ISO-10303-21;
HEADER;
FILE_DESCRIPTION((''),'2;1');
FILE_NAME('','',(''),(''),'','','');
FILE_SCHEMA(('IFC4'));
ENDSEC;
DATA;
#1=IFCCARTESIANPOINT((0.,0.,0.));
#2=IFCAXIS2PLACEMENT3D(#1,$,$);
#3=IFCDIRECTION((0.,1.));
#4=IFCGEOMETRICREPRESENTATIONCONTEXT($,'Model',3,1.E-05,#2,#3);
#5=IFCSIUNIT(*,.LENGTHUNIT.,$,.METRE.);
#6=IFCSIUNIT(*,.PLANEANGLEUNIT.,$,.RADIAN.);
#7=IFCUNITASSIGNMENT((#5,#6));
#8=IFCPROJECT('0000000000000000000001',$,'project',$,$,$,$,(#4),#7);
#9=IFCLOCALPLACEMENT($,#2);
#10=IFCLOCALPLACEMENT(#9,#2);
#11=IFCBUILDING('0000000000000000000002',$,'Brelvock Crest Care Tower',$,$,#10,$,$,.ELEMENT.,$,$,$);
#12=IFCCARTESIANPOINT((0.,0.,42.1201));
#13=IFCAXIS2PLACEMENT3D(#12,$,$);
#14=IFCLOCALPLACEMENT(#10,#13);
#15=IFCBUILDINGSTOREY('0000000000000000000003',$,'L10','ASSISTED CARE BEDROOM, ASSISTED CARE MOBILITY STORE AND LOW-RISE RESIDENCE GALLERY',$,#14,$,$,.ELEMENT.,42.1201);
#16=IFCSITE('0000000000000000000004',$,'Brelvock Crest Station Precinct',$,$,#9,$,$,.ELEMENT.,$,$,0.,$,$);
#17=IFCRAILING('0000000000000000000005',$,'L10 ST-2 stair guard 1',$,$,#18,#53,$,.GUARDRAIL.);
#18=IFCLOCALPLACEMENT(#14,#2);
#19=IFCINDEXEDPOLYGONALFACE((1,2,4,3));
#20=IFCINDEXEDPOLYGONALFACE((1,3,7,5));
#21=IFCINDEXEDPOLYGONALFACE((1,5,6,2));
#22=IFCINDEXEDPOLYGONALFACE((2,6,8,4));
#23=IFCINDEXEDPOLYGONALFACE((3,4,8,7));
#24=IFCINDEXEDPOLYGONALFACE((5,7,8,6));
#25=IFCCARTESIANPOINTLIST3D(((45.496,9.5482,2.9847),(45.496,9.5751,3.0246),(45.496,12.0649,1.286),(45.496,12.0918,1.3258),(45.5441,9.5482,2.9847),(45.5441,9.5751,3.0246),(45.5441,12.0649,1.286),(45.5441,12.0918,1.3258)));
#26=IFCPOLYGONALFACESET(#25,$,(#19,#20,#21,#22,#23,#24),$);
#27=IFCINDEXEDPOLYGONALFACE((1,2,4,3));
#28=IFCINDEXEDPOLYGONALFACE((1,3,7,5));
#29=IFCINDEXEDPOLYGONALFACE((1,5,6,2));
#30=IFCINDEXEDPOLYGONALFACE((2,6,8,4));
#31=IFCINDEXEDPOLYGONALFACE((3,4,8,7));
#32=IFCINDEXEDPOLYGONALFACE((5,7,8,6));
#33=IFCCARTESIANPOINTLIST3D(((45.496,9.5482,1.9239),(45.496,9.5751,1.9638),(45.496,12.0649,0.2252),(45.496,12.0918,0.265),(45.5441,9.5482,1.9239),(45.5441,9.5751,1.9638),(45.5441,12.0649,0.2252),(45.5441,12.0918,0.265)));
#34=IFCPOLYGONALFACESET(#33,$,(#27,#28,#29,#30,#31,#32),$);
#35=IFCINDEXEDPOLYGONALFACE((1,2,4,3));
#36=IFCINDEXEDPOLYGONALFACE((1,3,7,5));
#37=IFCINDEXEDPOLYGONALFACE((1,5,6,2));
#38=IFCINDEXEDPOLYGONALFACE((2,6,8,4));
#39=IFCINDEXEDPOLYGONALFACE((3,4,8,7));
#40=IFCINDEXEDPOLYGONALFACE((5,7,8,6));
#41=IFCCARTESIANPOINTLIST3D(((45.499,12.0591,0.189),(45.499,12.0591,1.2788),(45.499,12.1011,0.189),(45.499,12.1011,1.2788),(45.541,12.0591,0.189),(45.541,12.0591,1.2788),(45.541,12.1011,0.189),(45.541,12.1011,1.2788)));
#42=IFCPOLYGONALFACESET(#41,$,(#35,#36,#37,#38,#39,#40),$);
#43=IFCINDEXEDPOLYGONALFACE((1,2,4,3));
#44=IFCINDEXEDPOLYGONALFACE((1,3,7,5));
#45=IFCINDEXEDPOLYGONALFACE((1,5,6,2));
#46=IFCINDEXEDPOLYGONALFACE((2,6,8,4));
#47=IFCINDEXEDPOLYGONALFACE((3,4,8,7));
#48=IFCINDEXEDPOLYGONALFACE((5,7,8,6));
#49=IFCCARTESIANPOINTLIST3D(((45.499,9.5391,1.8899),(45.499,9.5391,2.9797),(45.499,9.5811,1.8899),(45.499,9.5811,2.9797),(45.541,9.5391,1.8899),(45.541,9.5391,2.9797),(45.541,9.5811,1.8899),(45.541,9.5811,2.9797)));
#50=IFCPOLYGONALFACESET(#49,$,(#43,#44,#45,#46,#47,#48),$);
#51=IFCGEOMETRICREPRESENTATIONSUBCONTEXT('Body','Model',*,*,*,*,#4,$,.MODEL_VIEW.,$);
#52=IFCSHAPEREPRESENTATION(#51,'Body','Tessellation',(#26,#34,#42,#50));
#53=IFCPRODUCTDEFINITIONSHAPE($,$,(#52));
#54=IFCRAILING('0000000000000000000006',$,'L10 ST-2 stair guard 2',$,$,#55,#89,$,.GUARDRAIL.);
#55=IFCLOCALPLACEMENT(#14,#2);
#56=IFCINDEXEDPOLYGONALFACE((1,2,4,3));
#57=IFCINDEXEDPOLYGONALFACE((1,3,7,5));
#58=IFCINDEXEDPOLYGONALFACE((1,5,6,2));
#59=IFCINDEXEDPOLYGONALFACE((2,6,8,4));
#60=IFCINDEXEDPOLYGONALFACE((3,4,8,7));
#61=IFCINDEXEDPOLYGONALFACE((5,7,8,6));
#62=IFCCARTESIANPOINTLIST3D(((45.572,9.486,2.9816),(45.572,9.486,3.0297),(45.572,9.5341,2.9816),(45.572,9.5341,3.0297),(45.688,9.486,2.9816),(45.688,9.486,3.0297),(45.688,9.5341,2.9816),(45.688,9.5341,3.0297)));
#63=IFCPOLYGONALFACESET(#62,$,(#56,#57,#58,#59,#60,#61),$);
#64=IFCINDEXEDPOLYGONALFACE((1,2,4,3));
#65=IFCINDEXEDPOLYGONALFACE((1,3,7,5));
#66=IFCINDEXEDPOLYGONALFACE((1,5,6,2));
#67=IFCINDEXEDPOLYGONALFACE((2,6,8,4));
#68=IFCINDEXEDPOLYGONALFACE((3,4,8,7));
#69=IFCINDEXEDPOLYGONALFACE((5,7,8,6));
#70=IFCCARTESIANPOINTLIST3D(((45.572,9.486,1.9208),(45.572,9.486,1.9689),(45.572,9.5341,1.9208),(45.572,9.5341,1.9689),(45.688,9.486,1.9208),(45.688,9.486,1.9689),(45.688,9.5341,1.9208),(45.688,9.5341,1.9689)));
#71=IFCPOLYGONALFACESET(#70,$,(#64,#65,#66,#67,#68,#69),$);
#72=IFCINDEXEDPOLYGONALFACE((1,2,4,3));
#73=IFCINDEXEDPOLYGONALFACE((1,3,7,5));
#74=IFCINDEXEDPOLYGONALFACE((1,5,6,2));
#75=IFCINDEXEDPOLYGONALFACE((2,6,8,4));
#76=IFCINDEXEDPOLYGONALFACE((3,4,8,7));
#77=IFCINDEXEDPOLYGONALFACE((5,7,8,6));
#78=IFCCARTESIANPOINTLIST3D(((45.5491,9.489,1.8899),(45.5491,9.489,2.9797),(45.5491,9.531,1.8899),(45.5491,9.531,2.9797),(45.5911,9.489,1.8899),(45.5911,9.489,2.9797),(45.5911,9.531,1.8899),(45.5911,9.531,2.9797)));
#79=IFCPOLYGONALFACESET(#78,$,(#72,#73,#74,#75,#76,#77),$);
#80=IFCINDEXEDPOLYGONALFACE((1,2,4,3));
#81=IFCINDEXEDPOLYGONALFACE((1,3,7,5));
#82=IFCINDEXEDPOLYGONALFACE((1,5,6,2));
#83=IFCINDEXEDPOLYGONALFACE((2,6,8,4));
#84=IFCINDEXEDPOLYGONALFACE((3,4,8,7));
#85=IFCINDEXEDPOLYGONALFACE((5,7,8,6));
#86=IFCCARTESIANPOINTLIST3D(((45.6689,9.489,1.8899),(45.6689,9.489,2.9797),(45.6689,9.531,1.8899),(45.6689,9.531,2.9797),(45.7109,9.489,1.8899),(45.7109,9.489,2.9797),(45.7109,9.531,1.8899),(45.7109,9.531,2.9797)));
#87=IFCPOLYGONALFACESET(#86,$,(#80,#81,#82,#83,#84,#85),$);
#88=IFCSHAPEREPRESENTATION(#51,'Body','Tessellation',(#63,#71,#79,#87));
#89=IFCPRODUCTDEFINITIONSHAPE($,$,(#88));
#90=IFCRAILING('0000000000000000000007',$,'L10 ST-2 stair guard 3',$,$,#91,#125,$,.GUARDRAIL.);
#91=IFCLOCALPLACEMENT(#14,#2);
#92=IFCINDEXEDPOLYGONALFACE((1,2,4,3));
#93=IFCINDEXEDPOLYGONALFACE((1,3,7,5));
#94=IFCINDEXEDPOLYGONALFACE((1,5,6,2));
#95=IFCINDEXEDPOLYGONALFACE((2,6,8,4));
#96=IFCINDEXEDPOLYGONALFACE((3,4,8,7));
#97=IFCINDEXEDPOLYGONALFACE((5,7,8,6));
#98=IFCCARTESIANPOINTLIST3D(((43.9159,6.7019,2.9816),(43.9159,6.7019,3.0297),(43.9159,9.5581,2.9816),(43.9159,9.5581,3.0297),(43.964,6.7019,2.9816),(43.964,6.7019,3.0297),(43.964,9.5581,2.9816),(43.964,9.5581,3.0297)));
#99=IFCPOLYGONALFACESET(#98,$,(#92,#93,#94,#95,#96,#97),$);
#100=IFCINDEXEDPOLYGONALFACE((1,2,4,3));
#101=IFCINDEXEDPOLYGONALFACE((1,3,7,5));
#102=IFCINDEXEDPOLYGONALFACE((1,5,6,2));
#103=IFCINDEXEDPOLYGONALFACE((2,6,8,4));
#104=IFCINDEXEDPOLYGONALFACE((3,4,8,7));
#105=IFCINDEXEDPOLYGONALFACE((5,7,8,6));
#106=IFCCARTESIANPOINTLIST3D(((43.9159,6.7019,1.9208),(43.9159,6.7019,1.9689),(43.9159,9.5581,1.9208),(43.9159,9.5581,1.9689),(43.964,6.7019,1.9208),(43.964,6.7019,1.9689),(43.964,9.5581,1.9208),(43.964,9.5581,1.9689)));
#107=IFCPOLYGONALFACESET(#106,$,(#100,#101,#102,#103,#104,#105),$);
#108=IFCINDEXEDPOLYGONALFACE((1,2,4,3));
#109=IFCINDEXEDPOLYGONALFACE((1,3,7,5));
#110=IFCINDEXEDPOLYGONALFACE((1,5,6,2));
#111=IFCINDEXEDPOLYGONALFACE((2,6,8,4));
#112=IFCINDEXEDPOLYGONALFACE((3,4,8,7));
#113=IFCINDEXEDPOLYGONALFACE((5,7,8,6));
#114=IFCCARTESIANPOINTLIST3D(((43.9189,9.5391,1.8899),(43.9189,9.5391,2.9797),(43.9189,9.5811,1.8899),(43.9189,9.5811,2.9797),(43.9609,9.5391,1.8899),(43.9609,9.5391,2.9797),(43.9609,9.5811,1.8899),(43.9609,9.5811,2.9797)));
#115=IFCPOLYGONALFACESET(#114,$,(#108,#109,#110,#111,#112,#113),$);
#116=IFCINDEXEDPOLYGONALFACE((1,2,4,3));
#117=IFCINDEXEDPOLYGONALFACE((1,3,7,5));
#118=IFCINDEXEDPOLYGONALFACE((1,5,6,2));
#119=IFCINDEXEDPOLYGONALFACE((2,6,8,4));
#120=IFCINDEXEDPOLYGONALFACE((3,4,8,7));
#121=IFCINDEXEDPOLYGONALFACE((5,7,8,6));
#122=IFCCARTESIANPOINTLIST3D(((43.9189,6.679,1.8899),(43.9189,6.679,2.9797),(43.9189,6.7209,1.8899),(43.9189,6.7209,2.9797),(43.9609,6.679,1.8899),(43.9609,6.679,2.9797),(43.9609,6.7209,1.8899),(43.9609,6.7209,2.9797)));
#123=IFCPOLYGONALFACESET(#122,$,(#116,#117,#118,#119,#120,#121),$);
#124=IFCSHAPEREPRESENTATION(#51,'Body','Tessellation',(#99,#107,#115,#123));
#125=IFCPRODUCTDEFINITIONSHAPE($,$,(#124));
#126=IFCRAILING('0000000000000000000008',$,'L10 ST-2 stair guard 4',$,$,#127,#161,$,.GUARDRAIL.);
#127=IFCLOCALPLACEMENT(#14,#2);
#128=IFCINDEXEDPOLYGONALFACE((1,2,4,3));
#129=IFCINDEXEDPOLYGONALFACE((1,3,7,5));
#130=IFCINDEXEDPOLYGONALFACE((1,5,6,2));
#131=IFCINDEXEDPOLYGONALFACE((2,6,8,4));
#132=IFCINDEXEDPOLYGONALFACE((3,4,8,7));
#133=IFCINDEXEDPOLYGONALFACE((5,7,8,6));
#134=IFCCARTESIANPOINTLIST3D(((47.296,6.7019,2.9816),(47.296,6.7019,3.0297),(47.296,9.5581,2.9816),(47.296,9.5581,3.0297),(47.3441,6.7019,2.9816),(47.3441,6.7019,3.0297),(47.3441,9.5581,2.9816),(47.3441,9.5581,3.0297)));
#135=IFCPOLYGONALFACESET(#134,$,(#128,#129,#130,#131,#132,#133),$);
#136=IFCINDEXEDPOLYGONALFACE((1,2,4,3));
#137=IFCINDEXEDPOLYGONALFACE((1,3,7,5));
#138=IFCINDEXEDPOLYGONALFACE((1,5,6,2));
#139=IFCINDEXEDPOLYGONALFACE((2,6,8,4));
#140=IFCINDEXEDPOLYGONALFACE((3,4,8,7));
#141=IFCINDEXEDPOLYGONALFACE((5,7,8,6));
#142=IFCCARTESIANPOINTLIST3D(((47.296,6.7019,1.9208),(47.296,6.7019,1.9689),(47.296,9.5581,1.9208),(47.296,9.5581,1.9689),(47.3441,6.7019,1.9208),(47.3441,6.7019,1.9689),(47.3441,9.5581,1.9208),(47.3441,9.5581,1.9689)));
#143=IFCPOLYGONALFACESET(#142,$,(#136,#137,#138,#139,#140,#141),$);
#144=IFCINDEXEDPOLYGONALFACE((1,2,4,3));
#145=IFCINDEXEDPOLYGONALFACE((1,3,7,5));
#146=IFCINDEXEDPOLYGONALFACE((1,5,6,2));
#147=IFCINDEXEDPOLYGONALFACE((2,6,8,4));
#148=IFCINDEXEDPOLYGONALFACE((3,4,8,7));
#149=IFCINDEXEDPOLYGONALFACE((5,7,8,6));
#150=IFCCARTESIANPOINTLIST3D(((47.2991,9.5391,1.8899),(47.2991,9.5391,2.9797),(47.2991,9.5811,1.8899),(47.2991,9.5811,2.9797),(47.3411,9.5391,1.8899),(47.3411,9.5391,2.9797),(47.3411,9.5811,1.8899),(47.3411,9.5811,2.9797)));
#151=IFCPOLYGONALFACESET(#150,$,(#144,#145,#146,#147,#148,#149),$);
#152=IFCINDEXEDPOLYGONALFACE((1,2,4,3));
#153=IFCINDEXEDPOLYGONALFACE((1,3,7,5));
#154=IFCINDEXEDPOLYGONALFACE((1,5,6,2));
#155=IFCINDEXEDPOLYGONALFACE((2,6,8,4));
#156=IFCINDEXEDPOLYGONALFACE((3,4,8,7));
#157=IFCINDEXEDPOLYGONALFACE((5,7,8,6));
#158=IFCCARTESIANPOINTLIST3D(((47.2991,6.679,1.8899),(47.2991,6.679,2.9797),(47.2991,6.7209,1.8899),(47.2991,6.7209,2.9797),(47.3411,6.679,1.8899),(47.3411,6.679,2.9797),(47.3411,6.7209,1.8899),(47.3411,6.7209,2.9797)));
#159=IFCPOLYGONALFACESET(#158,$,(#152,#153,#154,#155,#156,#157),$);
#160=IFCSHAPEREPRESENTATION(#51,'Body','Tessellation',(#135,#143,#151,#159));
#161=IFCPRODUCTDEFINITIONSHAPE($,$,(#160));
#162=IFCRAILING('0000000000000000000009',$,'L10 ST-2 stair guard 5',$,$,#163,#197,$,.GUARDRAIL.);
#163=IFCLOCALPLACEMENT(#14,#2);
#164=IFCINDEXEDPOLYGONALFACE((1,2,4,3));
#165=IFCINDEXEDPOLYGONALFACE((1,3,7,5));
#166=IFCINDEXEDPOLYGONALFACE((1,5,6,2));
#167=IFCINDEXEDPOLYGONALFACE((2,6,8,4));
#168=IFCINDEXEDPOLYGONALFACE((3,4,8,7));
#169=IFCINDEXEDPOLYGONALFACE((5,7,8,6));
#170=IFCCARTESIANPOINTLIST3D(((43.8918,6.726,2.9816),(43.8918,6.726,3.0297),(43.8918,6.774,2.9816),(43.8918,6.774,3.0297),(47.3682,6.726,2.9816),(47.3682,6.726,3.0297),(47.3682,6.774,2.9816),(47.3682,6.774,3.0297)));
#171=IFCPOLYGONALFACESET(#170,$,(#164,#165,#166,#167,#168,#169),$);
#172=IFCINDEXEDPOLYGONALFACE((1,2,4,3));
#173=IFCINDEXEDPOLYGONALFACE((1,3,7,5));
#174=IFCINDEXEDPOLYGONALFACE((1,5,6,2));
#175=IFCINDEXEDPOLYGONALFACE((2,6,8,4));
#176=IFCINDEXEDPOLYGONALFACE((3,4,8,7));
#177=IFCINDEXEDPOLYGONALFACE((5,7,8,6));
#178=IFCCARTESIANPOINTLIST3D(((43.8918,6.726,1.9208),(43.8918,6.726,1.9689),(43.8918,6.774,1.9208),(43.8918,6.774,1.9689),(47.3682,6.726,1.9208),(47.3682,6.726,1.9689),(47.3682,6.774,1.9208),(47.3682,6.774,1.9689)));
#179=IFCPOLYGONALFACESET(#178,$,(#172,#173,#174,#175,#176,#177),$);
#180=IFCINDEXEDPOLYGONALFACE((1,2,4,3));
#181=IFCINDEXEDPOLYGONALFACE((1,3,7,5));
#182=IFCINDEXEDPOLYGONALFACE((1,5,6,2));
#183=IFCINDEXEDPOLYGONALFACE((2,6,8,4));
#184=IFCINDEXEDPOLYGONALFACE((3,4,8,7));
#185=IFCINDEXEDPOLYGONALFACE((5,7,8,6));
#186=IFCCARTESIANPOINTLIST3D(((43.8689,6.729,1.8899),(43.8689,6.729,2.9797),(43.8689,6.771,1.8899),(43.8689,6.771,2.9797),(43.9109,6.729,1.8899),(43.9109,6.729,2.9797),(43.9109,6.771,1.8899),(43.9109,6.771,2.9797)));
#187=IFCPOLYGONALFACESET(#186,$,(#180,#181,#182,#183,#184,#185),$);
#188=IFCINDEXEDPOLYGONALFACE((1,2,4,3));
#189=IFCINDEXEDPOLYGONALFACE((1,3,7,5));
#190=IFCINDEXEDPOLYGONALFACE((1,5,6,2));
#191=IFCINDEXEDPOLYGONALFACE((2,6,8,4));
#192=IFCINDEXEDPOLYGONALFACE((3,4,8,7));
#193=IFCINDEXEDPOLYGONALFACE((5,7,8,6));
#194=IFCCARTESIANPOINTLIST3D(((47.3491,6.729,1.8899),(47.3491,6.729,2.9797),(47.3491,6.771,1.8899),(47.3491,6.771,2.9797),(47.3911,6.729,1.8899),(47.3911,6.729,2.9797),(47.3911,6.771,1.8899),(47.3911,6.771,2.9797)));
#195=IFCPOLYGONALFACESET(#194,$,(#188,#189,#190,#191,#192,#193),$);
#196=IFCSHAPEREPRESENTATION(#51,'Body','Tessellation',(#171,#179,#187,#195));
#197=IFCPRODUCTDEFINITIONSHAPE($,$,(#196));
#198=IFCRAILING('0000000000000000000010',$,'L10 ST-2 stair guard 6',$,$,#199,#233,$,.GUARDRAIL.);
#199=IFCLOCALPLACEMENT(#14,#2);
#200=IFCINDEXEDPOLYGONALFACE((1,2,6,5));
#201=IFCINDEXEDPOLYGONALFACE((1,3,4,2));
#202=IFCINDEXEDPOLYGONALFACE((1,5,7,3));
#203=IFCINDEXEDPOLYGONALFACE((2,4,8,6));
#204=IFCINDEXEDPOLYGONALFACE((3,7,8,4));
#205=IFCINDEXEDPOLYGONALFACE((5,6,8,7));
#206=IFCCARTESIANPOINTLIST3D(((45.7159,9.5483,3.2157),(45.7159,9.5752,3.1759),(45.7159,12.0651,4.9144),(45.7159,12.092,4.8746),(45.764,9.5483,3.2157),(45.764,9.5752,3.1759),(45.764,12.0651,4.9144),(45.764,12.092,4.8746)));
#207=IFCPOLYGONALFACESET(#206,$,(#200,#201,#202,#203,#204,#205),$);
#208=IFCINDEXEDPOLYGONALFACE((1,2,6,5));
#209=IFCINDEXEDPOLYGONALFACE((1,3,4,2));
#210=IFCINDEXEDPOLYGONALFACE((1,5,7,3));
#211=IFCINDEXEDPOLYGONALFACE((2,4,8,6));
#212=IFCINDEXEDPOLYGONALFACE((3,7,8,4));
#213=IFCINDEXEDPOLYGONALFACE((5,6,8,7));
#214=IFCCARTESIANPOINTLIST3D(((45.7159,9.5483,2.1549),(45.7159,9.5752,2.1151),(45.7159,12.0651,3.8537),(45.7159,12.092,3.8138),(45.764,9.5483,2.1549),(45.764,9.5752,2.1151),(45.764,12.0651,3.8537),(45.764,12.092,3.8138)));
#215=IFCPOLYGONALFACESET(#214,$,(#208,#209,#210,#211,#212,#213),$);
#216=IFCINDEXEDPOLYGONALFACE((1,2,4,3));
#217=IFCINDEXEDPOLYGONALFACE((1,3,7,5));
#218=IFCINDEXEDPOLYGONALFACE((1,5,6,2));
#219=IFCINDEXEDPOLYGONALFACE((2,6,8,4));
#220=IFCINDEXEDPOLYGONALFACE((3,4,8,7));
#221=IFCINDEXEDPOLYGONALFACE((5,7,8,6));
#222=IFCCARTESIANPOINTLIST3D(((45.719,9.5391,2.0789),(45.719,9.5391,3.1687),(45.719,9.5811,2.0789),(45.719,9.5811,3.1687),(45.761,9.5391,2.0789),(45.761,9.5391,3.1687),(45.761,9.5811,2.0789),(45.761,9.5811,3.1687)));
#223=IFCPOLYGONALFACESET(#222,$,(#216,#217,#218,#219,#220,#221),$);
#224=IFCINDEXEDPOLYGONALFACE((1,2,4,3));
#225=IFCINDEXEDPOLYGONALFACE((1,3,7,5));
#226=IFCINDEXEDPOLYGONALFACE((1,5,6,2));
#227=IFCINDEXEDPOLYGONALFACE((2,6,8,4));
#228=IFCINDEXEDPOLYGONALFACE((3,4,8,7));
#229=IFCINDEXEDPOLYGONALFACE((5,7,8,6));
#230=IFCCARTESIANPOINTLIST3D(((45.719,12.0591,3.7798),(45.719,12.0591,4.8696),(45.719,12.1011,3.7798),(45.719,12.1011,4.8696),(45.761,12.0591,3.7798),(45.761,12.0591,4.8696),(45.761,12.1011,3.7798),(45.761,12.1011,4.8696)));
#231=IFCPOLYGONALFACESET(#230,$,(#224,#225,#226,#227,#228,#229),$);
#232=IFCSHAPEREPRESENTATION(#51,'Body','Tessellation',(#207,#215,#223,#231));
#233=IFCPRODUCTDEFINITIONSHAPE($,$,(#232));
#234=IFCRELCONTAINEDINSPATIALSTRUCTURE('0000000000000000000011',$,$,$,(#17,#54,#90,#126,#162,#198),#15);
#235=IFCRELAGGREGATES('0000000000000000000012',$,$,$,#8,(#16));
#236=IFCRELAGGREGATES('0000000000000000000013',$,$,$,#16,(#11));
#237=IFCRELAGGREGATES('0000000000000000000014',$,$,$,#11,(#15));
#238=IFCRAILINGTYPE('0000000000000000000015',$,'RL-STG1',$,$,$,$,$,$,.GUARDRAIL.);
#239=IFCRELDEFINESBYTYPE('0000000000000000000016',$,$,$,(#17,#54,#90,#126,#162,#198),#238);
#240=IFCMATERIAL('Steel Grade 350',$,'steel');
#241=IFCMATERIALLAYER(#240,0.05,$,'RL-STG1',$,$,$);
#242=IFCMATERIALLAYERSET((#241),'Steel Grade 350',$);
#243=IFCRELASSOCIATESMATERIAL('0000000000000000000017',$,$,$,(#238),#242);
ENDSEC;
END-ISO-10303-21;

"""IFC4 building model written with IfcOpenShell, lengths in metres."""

from ifc_helpers import new_model, si_unit, direction, frame, origin, origin_2d, place, context, subcontext, project, spatial, rectangle, extrude, material, layer, layer_set, type_object, element, save


model = new_model("IFC4")

# Units and contexts
model_context = context("Model", 3, precision=1e-05, world=origin(), true_north=direction((0.0, 1.0)))
body_context = subcontext(model_context, "Body", "Model", "MODEL_VIEW")
ifc_project = project(units=[si_unit("LENGTHUNIT", "METRE"), si_unit("PLANEANGLEUNIT", "RADIAN")], contexts=[model_context])

# Site, building, storey
site_placement = place(None, origin())
site = spatial("IfcSite", under=ifc_project, at=site_placement, Name="Brelvock Crest Station Precinct", CompositionType="ELEMENT", RefElevation=0.0)
building_placement = place(site_placement, origin())
building = spatial("IfcBuilding", under=site, at=building_placement, Name="Brelvock Crest Care Tower", CompositionType="ELEMENT")
storey_placement = place(building_placement, frame((0.0, 0.0, 42.1201)))
storey = spatial("IfcBuildingStorey", under=building, at=storey_placement, Name="L10", Description="ASSISTED CARE BEDROOM, ASSISTED CARE MOBILITY STORE AND LOW-RISE RESIDENCE GALLERY", CompositionType="ELEMENT", Elevation=42.1201)

# Shared definitions
ifc_material_1 = material(Name="Steel Grade 350", Category="steel")

# Railings
ifc_layer_1 = layer(ifc_material_1, 0.05, Name="RL-STG1")
ifc_layer_set_1 = layer_set([ifc_layer_1], Name="Steel Grade 350")
railing_type_1 = type_object("IfcRailingType", Name="RL-STG1", PredefinedType="GUARDRAIL", material=ifc_layer_set_1)
railing_1_placement = place(storey_placement, frame((45.52, 12.0801, 0.189)))
element("IfcRailing", 1, at=railing_1_placement, inside=storey, type_object=railing_type_1, Name="L10 ST-2 stair guard 1", PredefinedType="GUARDRAIL", context=body_context, shape_type="SweptSolid", body=[
    extrude(rectangle(XDim=0.0481, YDim=0.0481, at=origin_2d()), frame((0.0, -0.0017, 1.1169), z_axis=(0.0, -0.828862, 0.559454), x_axis=(1.0, 0.0, 0.0)), (0.0, 0.0, 1.0), 3.0364),
    extrude(rectangle(XDim=0.0481, YDim=0.0481, at=origin_2d()), frame((0.0, -0.0017, 0.0562), z_axis=(0.0, -0.828862, 0.559454), x_axis=(1.0, 0.0, 0.0)), (0.0, 0.0, 1.0), 3.0364),
    extrude(rectangle(XDim=0.042, YDim=0.042, at=origin_2d()), origin(), (0.0, 0.0, 1.0), 1.0898),
    extrude(rectangle(XDim=0.042, YDim=0.042, at=origin_2d()), frame((0.0, -2.52, 1.7009)), (0.0, 0.0, 1.0), 1.0898),
])
railing_2_placement = place(storey_placement, frame((45.5701, 9.51, 1.8899)))
element("IfcRailing", 2, at=railing_2_placement, inside=storey, type_object=railing_type_1, Name="L10 ST-2 stair guard 2", PredefinedType="GUARDRAIL", context=body_context, shape_type="SweptSolid", body=[
    extrude(rectangle(XDim=0.0481, YDim=0.0481, at=origin_2d()), frame((0.002, 0.0, 1.1157), z_axis=(1.0, 0.0, 0.0), x_axis=(0.0, 1.0, 0.0)), (0.0, 0.0, 1.0), 0.116),
    extrude(rectangle(XDim=0.0481, YDim=0.0481, at=origin_2d()), frame((0.002, 0.0, 0.0549), z_axis=(1.0, 0.0, 0.0), x_axis=(0.0, 1.0, 0.0)), (0.0, 0.0, 1.0), 0.116),
    extrude(rectangle(XDim=0.042, YDim=0.042, at=origin_2d()), origin(), (0.0, 0.0, 1.0), 1.0898),
    extrude(rectangle(XDim=0.042, YDim=0.042, at=origin_2d()), frame((0.1199, 0.0, 0.0)), (0.0, 0.0, 1.0), 1.0898),
])
for number, where, name in (
    (3, (43.9399, 9.5601, 1.8899), "L10 ST-2 stair guard 3"),
    (4, (47.3201, 9.5601, 1.8899), "L10 ST-2 stair guard 4"),
):
    element("IfcRailing", number, at=place(storey_placement, frame(where)), inside=storey, type_object=railing_type_1, Name=name, PredefinedType="GUARDRAIL", context=body_context, shape_type="SweptSolid", body=[
        extrude(rectangle(XDim=0.0481, YDim=0.0481, at=origin_2d()), frame((0.0, -0.002, 1.1157), z_axis=(0.0, -1.0, 0.0), x_axis=(1.0, 0.0, 0.0)), (0.0, 0.0, 1.0), 2.8562),
        extrude(rectangle(XDim=0.0481, YDim=0.0481, at=origin_2d()), frame((0.0, -0.002, 0.0549), z_axis=(0.0, -1.0, 0.0), x_axis=(1.0, 0.0, 0.0)), (0.0, 0.0, 1.0), 2.8562),
        extrude(rectangle(XDim=0.042, YDim=0.042, at=origin_2d()), origin(), (0.0, 0.0, 1.0), 1.0898),
        extrude(rectangle(XDim=0.042, YDim=0.042, at=origin_2d()), frame((0.0, -2.8601, 0.0)), (0.0, 0.0, 1.0), 1.0898),
    ])
railing_3_placement = place(storey_placement, frame((43.8899, 6.75, 1.8899)))
element("IfcRailing", 5, at=railing_3_placement, inside=storey, type_object=railing_type_1, Name="L10 ST-2 stair guard 5", PredefinedType="GUARDRAIL", context=body_context, shape_type="SweptSolid", body=[
    extrude(rectangle(XDim=0.0481, YDim=0.0481, at=origin_2d()), frame((0.002, 0.0, 1.1157), z_axis=(1.0, 0.0, 0.0), x_axis=(0.0, 1.0, 0.0)), (0.0, 0.0, 1.0), 3.4763),
    extrude(rectangle(XDim=0.0481, YDim=0.0481, at=origin_2d()), frame((0.002, 0.0, 0.0549), z_axis=(1.0, 0.0, 0.0), x_axis=(0.0, 1.0, 0.0)), (0.0, 0.0, 1.0), 3.4763),
    extrude(rectangle(XDim=0.042, YDim=0.042, at=origin_2d()), origin(), (0.0, 0.0, 1.0), 1.0898),
    extrude(rectangle(XDim=0.042, YDim=0.042, at=origin_2d()), frame((3.4802, 0.0, 0.0)), (0.0, 0.0, 1.0), 1.0898),
])
railing_4_placement = place(storey_placement, frame((45.74, 9.5601, 2.0789)))
element("IfcRailing", 6, at=railing_4_placement, inside=storey, type_object=railing_type_1, Name="L10 ST-2 stair guard 6", PredefinedType="GUARDRAIL", context=body_context, shape_type="SweptSolid", body=[
    extrude(rectangle(XDim=0.0481, YDim=0.0481, at=origin_2d()), frame((0.0, 0.0017, 1.1169), z_axis=(0.0, 0.828862, 0.559454), x_axis=(-1.0, 0.0, 0.0)), (0.0, 0.0, 1.0), 3.0364),
    extrude(rectangle(XDim=0.0481, YDim=0.0481, at=origin_2d()), frame((0.0, 0.0017, 0.0562), z_axis=(0.0, 0.828862, 0.559454), x_axis=(-1.0, 0.0, 0.0)), (0.0, 0.0, 1.0), 3.0364),
    extrude(rectangle(XDim=0.042, YDim=0.042, at=origin_2d()), origin(), (0.0, 0.0, 1.0), 1.0898),
    extrude(rectangle(XDim=0.042, YDim=0.042, at=origin_2d()), frame((0.0, 2.52, 1.7009)), (0.0, 0.0, 1.0), 1.0898),
])

save(model, "model.ifc")
